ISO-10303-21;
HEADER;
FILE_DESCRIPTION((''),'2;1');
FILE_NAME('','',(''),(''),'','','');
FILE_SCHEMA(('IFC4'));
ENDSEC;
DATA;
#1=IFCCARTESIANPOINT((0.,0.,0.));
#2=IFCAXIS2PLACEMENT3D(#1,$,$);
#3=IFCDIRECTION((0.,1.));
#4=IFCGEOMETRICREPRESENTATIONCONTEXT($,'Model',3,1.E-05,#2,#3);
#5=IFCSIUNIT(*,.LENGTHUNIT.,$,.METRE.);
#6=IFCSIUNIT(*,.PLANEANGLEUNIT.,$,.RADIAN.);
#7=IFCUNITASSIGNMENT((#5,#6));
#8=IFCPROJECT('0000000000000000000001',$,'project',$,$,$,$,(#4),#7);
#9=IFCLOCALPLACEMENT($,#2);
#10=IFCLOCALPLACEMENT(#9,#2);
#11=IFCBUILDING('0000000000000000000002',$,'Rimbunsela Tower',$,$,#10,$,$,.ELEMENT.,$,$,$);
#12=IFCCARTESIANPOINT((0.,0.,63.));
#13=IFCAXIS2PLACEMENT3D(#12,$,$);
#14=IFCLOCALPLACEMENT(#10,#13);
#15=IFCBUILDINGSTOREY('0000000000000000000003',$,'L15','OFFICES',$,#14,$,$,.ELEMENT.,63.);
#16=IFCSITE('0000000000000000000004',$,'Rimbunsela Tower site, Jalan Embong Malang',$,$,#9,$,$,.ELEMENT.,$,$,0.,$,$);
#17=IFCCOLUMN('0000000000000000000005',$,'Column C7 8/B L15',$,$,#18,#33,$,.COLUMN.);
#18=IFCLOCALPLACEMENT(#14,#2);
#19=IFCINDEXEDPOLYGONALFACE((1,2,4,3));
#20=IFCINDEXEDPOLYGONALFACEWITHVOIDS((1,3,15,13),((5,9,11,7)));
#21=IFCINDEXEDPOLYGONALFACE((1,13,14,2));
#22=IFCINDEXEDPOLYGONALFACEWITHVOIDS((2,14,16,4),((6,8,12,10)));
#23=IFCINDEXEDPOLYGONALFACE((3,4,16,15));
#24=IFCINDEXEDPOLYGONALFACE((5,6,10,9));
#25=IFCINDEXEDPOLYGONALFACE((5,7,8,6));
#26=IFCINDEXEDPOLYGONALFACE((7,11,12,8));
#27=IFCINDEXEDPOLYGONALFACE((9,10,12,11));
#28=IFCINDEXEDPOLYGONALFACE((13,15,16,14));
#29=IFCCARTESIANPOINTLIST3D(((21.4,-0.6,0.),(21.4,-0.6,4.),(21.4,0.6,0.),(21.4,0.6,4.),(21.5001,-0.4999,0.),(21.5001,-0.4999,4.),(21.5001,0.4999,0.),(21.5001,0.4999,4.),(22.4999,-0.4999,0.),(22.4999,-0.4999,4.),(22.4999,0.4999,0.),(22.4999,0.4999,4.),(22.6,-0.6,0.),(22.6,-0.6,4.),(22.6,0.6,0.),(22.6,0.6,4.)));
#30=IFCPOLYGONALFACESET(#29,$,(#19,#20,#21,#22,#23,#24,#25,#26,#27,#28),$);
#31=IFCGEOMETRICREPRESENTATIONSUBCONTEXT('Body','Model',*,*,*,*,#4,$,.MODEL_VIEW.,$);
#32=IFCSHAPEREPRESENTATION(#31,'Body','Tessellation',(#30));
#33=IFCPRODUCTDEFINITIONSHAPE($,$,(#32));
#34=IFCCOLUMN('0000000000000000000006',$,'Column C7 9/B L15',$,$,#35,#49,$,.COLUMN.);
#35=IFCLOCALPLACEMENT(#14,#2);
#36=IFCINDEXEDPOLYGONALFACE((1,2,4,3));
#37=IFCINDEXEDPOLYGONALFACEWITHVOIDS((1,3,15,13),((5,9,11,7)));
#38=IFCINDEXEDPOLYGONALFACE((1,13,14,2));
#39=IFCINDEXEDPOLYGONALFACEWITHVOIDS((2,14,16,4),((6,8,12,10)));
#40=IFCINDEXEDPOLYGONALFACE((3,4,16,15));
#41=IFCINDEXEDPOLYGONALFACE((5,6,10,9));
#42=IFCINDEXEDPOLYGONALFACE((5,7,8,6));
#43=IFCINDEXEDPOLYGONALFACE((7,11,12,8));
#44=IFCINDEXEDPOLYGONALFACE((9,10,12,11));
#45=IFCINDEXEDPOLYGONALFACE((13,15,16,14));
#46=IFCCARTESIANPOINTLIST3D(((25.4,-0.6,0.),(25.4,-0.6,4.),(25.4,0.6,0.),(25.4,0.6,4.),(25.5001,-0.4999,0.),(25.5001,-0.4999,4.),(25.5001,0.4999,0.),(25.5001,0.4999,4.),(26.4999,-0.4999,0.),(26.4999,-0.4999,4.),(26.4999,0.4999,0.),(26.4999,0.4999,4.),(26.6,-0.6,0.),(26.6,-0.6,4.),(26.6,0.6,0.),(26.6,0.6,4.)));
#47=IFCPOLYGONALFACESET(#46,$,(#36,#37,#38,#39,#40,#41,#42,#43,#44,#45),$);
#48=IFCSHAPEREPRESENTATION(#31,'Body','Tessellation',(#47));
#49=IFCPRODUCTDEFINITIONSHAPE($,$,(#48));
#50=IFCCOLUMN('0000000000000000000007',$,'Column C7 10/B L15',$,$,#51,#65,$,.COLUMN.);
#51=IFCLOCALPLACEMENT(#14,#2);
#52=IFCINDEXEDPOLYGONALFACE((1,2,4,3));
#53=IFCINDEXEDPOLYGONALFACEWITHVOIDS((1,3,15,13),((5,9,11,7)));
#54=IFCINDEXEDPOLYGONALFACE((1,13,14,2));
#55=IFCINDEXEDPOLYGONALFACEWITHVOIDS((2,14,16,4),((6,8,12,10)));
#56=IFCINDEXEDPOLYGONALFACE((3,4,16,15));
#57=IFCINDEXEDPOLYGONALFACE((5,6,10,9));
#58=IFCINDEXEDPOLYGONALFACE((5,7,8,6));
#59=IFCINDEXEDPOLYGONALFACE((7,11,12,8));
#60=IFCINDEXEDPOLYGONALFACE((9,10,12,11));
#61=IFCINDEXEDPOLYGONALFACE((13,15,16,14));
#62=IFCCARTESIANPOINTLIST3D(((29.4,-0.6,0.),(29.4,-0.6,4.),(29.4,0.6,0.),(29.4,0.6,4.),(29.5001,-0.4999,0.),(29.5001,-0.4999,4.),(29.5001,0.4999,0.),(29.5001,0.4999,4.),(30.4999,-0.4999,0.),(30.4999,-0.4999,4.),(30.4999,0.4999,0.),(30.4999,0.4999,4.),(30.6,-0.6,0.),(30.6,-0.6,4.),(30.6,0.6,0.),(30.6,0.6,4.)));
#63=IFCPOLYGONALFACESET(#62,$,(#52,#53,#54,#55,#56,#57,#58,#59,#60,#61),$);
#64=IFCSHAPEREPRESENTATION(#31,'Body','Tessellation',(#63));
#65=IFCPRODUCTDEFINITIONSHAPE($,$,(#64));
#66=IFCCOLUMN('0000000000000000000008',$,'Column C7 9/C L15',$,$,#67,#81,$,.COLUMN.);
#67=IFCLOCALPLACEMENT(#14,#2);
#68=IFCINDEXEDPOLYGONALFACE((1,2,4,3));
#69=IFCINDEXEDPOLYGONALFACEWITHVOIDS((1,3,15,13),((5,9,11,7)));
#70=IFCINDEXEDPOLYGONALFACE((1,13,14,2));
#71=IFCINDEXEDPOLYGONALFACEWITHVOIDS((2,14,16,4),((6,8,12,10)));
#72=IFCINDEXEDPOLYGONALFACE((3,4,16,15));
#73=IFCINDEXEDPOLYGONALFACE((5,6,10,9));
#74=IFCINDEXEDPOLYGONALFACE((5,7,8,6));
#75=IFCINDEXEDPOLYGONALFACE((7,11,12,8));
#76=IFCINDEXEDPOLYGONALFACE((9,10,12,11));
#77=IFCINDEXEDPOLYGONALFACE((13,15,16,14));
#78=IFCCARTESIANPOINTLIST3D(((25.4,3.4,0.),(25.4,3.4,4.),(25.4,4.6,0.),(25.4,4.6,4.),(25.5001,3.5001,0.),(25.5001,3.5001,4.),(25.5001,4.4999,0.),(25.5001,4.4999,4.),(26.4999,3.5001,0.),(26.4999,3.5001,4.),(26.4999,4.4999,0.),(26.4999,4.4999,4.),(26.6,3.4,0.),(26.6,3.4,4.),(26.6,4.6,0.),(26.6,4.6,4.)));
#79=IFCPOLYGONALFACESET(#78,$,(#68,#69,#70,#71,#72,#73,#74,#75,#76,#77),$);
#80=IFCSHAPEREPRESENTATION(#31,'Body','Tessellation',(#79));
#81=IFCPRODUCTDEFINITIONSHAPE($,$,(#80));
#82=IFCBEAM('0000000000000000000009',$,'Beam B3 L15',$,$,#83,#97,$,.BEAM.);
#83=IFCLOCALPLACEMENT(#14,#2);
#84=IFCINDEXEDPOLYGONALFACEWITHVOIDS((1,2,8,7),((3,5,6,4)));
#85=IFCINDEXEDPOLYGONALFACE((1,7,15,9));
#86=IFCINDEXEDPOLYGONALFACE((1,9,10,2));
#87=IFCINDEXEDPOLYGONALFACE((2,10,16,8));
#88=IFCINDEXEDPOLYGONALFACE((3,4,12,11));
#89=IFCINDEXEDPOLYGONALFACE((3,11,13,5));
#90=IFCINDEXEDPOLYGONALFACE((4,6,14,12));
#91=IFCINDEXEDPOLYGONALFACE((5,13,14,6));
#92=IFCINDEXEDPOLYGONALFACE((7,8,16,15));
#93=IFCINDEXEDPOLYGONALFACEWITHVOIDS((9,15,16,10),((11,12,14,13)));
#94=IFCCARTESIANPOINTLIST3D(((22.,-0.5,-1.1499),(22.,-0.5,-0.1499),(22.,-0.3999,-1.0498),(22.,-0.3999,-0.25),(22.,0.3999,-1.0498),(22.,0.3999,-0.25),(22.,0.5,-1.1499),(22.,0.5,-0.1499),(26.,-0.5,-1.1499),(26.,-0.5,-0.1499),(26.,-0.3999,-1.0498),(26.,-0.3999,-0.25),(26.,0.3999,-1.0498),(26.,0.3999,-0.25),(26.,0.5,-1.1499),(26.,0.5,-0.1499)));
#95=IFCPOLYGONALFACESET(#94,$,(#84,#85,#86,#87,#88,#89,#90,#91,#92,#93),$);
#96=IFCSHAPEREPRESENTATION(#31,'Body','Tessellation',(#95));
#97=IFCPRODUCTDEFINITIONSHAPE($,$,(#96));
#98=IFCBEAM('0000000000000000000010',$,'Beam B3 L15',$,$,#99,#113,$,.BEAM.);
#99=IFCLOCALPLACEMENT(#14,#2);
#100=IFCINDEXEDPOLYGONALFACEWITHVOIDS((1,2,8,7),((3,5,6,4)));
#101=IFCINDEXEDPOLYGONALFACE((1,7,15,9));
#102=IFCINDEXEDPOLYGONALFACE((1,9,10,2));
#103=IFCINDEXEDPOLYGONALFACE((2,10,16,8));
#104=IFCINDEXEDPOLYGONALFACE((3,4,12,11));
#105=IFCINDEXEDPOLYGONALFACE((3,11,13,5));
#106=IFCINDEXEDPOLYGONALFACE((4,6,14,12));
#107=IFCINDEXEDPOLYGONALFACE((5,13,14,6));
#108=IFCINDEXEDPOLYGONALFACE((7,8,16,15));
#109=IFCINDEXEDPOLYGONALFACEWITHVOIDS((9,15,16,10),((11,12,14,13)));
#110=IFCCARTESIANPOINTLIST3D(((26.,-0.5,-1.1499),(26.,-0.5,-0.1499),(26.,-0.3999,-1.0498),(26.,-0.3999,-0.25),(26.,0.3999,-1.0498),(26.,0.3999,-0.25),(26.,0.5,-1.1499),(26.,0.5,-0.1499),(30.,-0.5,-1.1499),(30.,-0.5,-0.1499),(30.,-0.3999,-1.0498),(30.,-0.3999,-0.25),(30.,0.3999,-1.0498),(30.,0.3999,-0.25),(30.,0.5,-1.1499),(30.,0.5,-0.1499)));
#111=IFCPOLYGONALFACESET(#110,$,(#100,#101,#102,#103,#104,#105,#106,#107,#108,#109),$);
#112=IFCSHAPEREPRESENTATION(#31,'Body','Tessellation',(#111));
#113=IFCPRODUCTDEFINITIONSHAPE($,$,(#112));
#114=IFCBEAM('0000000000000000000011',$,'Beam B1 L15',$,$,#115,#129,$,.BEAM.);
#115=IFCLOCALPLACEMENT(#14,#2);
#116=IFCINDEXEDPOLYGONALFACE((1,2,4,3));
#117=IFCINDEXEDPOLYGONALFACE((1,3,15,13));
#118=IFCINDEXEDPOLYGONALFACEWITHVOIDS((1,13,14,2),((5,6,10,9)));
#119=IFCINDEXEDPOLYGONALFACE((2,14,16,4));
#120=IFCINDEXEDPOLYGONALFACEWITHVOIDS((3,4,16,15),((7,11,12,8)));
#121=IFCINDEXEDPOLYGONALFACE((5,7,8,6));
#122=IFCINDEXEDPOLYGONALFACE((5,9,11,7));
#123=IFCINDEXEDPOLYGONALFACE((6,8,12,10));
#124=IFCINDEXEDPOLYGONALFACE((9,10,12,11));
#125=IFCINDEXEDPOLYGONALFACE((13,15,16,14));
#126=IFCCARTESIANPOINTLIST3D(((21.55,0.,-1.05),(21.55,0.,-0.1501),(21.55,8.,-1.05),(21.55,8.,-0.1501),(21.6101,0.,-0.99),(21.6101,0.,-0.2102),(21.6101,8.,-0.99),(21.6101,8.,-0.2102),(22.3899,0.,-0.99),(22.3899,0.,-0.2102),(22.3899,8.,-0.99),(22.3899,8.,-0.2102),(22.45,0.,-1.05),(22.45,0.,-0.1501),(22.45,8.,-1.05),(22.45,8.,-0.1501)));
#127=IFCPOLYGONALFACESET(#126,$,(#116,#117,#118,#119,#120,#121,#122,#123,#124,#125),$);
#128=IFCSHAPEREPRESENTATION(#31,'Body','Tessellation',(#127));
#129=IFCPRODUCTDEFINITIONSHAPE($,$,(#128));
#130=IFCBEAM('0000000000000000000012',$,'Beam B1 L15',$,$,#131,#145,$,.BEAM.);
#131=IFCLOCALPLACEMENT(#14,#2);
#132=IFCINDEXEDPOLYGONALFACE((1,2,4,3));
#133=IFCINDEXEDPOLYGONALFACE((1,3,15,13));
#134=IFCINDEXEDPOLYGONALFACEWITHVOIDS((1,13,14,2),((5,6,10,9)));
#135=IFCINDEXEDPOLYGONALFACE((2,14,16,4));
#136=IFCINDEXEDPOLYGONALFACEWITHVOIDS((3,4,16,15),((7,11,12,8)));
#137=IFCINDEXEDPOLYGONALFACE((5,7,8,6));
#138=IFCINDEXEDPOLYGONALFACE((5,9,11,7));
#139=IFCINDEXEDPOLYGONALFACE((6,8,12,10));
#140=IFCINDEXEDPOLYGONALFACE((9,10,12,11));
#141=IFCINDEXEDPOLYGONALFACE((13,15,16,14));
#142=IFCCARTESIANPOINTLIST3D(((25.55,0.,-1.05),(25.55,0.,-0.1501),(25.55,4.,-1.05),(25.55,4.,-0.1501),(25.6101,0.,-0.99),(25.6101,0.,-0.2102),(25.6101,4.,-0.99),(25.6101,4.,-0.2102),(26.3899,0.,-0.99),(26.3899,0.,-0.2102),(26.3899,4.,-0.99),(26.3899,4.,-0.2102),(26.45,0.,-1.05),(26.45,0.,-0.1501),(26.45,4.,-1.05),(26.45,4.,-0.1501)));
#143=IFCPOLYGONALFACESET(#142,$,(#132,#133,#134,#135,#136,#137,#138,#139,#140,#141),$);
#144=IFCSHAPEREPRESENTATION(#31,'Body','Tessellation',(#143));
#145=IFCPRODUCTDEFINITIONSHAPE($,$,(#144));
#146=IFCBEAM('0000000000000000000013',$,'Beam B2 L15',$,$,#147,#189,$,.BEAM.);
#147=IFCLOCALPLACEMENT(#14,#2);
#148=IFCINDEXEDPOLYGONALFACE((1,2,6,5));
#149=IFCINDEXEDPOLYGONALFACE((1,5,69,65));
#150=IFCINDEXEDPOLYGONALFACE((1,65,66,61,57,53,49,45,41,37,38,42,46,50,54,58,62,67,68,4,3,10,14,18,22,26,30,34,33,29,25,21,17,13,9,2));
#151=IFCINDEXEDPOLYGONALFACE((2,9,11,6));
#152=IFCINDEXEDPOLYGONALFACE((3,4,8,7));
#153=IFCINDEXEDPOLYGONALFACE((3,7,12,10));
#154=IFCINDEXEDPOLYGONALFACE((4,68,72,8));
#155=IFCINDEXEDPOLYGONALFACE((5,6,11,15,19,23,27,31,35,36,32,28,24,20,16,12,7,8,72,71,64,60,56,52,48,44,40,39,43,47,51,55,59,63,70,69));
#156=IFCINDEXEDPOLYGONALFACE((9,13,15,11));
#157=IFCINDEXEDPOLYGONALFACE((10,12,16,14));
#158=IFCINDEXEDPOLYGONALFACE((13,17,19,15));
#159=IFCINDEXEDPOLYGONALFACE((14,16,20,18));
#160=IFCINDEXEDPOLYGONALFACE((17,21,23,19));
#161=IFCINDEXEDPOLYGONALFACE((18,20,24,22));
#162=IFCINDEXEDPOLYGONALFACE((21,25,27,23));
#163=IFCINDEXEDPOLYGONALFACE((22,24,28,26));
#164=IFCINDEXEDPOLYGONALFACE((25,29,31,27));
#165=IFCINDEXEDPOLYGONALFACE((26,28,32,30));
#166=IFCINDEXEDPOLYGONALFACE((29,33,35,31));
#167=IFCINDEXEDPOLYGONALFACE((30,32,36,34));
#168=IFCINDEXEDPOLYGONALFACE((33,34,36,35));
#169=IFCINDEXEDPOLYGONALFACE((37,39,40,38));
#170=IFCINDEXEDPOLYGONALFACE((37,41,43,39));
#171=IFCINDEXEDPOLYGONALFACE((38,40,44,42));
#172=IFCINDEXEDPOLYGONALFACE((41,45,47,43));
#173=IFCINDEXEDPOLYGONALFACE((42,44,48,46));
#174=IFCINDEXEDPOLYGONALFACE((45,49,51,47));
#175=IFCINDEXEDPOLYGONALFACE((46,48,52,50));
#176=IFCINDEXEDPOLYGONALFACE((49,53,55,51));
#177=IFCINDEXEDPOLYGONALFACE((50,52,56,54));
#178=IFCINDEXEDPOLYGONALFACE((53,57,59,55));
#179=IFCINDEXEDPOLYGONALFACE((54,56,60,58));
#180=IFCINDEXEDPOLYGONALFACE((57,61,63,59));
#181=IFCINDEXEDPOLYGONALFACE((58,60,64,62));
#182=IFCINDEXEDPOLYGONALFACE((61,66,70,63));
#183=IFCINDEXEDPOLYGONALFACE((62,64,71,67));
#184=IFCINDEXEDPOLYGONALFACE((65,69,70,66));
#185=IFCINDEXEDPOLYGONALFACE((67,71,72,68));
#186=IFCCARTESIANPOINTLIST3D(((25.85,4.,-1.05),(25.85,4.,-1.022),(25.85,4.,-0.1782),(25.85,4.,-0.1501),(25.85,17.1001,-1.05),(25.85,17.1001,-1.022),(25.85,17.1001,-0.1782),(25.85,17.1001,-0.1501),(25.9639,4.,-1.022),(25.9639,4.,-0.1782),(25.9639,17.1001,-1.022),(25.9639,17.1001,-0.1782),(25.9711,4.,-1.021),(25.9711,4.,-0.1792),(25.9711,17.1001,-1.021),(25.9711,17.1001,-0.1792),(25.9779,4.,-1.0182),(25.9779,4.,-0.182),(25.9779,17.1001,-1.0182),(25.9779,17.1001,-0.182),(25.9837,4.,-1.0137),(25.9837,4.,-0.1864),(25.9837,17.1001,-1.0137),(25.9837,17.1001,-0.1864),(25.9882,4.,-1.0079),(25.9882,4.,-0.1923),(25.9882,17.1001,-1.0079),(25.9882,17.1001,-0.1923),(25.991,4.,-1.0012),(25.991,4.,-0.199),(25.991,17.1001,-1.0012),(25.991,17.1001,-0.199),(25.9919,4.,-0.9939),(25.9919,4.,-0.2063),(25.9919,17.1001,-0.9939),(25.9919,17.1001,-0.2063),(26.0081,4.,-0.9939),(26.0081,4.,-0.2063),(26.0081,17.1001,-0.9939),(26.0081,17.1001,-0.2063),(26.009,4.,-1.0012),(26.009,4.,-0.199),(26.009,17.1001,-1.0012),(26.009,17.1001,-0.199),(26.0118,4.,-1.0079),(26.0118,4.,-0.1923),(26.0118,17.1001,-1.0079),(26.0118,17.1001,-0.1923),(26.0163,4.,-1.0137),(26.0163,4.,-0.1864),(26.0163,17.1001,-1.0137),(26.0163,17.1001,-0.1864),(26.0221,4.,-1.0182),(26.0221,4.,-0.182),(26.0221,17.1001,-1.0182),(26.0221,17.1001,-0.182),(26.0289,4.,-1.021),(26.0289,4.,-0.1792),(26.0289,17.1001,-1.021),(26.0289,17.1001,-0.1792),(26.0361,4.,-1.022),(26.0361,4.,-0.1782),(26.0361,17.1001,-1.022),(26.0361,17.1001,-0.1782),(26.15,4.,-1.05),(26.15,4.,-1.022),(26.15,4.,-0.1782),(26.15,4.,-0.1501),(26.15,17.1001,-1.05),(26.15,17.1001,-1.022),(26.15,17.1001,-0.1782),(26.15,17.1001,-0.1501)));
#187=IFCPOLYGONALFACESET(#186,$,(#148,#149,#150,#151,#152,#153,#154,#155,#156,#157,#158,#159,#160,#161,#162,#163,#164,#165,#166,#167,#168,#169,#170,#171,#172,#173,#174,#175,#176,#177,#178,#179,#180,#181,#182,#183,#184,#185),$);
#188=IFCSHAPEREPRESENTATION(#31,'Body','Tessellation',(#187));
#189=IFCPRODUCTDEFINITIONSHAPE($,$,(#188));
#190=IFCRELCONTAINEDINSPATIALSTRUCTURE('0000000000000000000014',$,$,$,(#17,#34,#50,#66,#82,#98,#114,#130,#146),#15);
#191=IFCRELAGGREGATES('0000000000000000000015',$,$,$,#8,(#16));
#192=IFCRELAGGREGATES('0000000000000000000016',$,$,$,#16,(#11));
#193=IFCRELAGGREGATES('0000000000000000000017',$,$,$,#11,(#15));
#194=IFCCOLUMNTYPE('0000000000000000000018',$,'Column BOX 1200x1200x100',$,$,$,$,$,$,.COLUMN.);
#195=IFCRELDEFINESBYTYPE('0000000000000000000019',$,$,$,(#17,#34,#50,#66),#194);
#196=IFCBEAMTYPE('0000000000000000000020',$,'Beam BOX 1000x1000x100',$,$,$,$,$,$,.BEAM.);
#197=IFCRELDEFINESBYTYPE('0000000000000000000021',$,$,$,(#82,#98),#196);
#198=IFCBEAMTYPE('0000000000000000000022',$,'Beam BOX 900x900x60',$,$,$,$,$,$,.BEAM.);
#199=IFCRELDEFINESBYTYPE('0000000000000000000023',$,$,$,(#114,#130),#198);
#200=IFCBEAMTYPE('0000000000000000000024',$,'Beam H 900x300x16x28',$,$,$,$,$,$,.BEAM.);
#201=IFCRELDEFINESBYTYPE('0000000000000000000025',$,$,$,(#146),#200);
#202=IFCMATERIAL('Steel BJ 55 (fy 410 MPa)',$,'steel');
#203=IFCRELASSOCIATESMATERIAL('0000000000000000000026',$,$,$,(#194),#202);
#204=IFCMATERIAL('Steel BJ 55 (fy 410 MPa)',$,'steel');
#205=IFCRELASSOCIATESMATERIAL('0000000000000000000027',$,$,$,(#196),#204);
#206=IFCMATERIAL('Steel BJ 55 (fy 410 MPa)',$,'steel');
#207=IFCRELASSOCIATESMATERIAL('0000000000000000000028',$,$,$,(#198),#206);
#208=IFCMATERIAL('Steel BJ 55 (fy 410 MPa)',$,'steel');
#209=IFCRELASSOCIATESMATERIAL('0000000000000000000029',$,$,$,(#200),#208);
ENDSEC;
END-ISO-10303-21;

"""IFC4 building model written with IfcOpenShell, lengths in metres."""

from ifc_helpers import new_model, si_unit, direction, frame, origin, origin_2d, place, context, subcontext, project, spatial, hollow_rectangle, i_section, extrude, material, material_profile, profile_set, type_object, element, save


model = new_model("IFC4")

# Units and contexts
model_context = context("Model", 3, precision=1e-05, world=origin(), true_north=direction((0.0, 1.0)))
body_context = subcontext(model_context, "Body", "Model", "MODEL_VIEW")
ifc_project = project(units=[si_unit("LENGTHUNIT", "METRE"), si_unit("PLANEANGLEUNIT", "RADIAN")], contexts=[model_context])

# Site, building, storey
site_placement = place(None, origin())
site = spatial("IfcSite", under=ifc_project, at=site_placement, Name="Rimbunsela Tower site, Jalan Embong Malang", CompositionType="ELEMENT", RefElevation=0.0)
building_placement = place(site_placement, origin())
building = spatial("IfcBuilding", under=site, at=building_placement, Name="Rimbunsela Tower", CompositionType="ELEMENT")
storey_placement = place(building_placement, frame((0.0, 0.0, 63.0)))
storey = spatial("IfcBuildingStorey", under=building, at=storey_placement, Name="L15", Description="OFFICES", CompositionType="ELEMENT", Elevation=63.0)

# Columns
ifc_material_1 = material(Name="Steel BJ 55 (fy 410 MPa)", Category="steel")
ifc_material_profile_1 = material_profile(ifc_material_1, hollow_rectangle(XDim=1.2, YDim=1.2, WallThickness=0.1001, at=origin_2d()), Name="BOX 1200x1200x100")
ifc_profile_set_1 = profile_set([ifc_material_profile_1], Name="Steel BJ 55 (fy 410 MPa)")
column_type = type_object("IfcColumnType", Name="Column BOX 1200x1200x100", PredefinedType="COLUMN", material=ifc_profile_set_1)
for number, where, z_axis, x_axis, name in (
    (1, (22.0, 0.0, 0.0), (0.0, 0.0, 1.0), (1.0, 0.0, 0.0), "Column C7 8/B L15"),
    (2, (26.0, 0.0, 0.0), (0.0, 0.0, 1.0), (1.0, 0.0, 0.0), "Column C7 9/B L15"),
    (3, (30.0, 0.0, 0.0), (0.0, 0.0, 1.0), (1.0, 0.0, 0.0), "Column C7 10/B L15"),
    (4, (26.0, 4.0, 0.0), (0.0, 0.0, 1.0), (1.0, 0.0, 0.0), "Column C7 9/C L15"),
):
    element("IfcColumn", number, at=place(storey_placement, frame(where, z_axis=z_axis, x_axis=x_axis)), inside=storey, type_object=column_type, Name=name, PredefinedType="COLUMN", context=body_context, shape_type="SweptSolid", body=[
        extrude(hollow_rectangle(XDim=1.2, YDim=1.2, WallThickness=0.1001, at=origin_2d()), origin(), (0.0, 0.0, 1.0), 4.0),
    ])

# Beams
ifc_material_2 = material(Name="Steel BJ 55 (fy 410 MPa)", Category="steel")
ifc_material_profile_2 = material_profile(ifc_material_2, hollow_rectangle(XDim=1.0, YDim=1.0, WallThickness=0.1001, at=origin_2d()), Name="BOX 1000x1000x100")
ifc_profile_set_2 = profile_set([ifc_material_profile_2], Name="Steel BJ 55 (fy 410 MPa)")
beam_type_1 = type_object("IfcBeamType", Name="Beam BOX 1000x1000x100", PredefinedType="BEAM", material=ifc_profile_set_2)
for number, where, z_axis, x_axis, name in (
    (5, (22.0, 0.0, -0.6499), (1.0, 0.0, 0.0), (0.0, 1.0, 0.0), "Beam B3 L15"),
    (6, (26.0, 0.0, -0.6499), (1.0, 0.0, 0.0), (0.0, 1.0, 0.0), "Beam B3 L15"),
):
    element("IfcBeam", number, at=place(storey_placement, frame(where, z_axis=z_axis, x_axis=x_axis)), inside=storey, type_object=beam_type_1, Name=name, PredefinedType="BEAM", context=body_context, shape_type="SweptSolid", body=[
        extrude(hollow_rectangle(XDim=1.0, YDim=1.0, WallThickness=0.1001, at=origin_2d()), origin(), (0.0, 0.0, 1.0), 4.0),
    ])
ifc_material_3 = material(Name="Steel BJ 55 (fy 410 MPa)", Category="steel")
ifc_material_profile_3 = material_profile(ifc_material_3, hollow_rectangle(XDim=0.8999, YDim=0.8999, WallThickness=0.0601, at=origin_2d()), Name="BOX 900x900x60")
ifc_profile_set_3 = profile_set([ifc_material_profile_3], Name="Steel BJ 55 (fy 410 MPa)")
beam_type_2 = type_object("IfcBeamType", Name="Beam BOX 900x900x60", PredefinedType="BEAM", material=ifc_profile_set_3)
beam_1_placement = place(storey_placement, frame((22.0, 0.0, -0.6001), z_axis=(0.0, 1.0, 0.0), x_axis=(-1.0, 0.0, 0.0)))
element("IfcBeam", 7, at=beam_1_placement, inside=storey, type_object=beam_type_2, Name="Beam B1 L15", PredefinedType="BEAM", context=body_context, shape_type="SweptSolid", body=[
    extrude(hollow_rectangle(XDim=0.8999, YDim=0.8999, WallThickness=0.0601, at=origin_2d()), origin(), (0.0, 0.0, 1.0), 8.0),
])
beam_2_placement = place(storey_placement, frame((26.0, 0.0, -0.6001), z_axis=(0.0, 1.0, 0.0), x_axis=(-1.0, 0.0, 0.0)))
element("IfcBeam", 8, at=beam_2_placement, inside=storey, type_object=beam_type_2, Name="Beam B1 L15", PredefinedType="BEAM", context=body_context, shape_type="SweptSolid", body=[
    extrude(hollow_rectangle(XDim=0.8999, YDim=0.8999, WallThickness=0.0601, at=origin_2d()), origin(), (0.0, 0.0, 1.0), 4.0),
])
ifc_material_4 = material(Name="Steel BJ 55 (fy 410 MPa)", Category="steel")
ifc_material_profile_4 = material_profile(ifc_material_4, i_section(OverallWidth=0.3, OverallDepth=0.8999, WebThickness=0.0161, FlangeThickness=0.0281, FilletRadius=0.0281, at=origin_2d()), Name="H 900x300x16x28")
ifc_profile_set_4 = profile_set([ifc_material_profile_4], Name="Steel BJ 55 (fy 410 MPa)")
beam_type_3 = type_object("IfcBeamType", Name="Beam H 900x300x16x28", PredefinedType="BEAM", material=ifc_profile_set_4)
beam_3_placement = place(storey_placement, frame((26.0, 4.0, -0.6001), z_axis=(0.0, 1.0, 0.0), x_axis=(-1.0, 0.0, 0.0)))
element("IfcBeam", 9, at=beam_3_placement, inside=storey, type_object=beam_type_3, Name="Beam B2 L15", PredefinedType="BEAM", context=body_context, shape_type="SweptSolid", body=[
    extrude(i_section(OverallWidth=0.3, OverallDepth=0.8999, WebThickness=0.0161, FlangeThickness=0.0281, FilletRadius=0.0281, at=origin_2d()), origin(), (0.0, 0.0, 1.0), 13.1001),
])

save(model, "model.ifc")
